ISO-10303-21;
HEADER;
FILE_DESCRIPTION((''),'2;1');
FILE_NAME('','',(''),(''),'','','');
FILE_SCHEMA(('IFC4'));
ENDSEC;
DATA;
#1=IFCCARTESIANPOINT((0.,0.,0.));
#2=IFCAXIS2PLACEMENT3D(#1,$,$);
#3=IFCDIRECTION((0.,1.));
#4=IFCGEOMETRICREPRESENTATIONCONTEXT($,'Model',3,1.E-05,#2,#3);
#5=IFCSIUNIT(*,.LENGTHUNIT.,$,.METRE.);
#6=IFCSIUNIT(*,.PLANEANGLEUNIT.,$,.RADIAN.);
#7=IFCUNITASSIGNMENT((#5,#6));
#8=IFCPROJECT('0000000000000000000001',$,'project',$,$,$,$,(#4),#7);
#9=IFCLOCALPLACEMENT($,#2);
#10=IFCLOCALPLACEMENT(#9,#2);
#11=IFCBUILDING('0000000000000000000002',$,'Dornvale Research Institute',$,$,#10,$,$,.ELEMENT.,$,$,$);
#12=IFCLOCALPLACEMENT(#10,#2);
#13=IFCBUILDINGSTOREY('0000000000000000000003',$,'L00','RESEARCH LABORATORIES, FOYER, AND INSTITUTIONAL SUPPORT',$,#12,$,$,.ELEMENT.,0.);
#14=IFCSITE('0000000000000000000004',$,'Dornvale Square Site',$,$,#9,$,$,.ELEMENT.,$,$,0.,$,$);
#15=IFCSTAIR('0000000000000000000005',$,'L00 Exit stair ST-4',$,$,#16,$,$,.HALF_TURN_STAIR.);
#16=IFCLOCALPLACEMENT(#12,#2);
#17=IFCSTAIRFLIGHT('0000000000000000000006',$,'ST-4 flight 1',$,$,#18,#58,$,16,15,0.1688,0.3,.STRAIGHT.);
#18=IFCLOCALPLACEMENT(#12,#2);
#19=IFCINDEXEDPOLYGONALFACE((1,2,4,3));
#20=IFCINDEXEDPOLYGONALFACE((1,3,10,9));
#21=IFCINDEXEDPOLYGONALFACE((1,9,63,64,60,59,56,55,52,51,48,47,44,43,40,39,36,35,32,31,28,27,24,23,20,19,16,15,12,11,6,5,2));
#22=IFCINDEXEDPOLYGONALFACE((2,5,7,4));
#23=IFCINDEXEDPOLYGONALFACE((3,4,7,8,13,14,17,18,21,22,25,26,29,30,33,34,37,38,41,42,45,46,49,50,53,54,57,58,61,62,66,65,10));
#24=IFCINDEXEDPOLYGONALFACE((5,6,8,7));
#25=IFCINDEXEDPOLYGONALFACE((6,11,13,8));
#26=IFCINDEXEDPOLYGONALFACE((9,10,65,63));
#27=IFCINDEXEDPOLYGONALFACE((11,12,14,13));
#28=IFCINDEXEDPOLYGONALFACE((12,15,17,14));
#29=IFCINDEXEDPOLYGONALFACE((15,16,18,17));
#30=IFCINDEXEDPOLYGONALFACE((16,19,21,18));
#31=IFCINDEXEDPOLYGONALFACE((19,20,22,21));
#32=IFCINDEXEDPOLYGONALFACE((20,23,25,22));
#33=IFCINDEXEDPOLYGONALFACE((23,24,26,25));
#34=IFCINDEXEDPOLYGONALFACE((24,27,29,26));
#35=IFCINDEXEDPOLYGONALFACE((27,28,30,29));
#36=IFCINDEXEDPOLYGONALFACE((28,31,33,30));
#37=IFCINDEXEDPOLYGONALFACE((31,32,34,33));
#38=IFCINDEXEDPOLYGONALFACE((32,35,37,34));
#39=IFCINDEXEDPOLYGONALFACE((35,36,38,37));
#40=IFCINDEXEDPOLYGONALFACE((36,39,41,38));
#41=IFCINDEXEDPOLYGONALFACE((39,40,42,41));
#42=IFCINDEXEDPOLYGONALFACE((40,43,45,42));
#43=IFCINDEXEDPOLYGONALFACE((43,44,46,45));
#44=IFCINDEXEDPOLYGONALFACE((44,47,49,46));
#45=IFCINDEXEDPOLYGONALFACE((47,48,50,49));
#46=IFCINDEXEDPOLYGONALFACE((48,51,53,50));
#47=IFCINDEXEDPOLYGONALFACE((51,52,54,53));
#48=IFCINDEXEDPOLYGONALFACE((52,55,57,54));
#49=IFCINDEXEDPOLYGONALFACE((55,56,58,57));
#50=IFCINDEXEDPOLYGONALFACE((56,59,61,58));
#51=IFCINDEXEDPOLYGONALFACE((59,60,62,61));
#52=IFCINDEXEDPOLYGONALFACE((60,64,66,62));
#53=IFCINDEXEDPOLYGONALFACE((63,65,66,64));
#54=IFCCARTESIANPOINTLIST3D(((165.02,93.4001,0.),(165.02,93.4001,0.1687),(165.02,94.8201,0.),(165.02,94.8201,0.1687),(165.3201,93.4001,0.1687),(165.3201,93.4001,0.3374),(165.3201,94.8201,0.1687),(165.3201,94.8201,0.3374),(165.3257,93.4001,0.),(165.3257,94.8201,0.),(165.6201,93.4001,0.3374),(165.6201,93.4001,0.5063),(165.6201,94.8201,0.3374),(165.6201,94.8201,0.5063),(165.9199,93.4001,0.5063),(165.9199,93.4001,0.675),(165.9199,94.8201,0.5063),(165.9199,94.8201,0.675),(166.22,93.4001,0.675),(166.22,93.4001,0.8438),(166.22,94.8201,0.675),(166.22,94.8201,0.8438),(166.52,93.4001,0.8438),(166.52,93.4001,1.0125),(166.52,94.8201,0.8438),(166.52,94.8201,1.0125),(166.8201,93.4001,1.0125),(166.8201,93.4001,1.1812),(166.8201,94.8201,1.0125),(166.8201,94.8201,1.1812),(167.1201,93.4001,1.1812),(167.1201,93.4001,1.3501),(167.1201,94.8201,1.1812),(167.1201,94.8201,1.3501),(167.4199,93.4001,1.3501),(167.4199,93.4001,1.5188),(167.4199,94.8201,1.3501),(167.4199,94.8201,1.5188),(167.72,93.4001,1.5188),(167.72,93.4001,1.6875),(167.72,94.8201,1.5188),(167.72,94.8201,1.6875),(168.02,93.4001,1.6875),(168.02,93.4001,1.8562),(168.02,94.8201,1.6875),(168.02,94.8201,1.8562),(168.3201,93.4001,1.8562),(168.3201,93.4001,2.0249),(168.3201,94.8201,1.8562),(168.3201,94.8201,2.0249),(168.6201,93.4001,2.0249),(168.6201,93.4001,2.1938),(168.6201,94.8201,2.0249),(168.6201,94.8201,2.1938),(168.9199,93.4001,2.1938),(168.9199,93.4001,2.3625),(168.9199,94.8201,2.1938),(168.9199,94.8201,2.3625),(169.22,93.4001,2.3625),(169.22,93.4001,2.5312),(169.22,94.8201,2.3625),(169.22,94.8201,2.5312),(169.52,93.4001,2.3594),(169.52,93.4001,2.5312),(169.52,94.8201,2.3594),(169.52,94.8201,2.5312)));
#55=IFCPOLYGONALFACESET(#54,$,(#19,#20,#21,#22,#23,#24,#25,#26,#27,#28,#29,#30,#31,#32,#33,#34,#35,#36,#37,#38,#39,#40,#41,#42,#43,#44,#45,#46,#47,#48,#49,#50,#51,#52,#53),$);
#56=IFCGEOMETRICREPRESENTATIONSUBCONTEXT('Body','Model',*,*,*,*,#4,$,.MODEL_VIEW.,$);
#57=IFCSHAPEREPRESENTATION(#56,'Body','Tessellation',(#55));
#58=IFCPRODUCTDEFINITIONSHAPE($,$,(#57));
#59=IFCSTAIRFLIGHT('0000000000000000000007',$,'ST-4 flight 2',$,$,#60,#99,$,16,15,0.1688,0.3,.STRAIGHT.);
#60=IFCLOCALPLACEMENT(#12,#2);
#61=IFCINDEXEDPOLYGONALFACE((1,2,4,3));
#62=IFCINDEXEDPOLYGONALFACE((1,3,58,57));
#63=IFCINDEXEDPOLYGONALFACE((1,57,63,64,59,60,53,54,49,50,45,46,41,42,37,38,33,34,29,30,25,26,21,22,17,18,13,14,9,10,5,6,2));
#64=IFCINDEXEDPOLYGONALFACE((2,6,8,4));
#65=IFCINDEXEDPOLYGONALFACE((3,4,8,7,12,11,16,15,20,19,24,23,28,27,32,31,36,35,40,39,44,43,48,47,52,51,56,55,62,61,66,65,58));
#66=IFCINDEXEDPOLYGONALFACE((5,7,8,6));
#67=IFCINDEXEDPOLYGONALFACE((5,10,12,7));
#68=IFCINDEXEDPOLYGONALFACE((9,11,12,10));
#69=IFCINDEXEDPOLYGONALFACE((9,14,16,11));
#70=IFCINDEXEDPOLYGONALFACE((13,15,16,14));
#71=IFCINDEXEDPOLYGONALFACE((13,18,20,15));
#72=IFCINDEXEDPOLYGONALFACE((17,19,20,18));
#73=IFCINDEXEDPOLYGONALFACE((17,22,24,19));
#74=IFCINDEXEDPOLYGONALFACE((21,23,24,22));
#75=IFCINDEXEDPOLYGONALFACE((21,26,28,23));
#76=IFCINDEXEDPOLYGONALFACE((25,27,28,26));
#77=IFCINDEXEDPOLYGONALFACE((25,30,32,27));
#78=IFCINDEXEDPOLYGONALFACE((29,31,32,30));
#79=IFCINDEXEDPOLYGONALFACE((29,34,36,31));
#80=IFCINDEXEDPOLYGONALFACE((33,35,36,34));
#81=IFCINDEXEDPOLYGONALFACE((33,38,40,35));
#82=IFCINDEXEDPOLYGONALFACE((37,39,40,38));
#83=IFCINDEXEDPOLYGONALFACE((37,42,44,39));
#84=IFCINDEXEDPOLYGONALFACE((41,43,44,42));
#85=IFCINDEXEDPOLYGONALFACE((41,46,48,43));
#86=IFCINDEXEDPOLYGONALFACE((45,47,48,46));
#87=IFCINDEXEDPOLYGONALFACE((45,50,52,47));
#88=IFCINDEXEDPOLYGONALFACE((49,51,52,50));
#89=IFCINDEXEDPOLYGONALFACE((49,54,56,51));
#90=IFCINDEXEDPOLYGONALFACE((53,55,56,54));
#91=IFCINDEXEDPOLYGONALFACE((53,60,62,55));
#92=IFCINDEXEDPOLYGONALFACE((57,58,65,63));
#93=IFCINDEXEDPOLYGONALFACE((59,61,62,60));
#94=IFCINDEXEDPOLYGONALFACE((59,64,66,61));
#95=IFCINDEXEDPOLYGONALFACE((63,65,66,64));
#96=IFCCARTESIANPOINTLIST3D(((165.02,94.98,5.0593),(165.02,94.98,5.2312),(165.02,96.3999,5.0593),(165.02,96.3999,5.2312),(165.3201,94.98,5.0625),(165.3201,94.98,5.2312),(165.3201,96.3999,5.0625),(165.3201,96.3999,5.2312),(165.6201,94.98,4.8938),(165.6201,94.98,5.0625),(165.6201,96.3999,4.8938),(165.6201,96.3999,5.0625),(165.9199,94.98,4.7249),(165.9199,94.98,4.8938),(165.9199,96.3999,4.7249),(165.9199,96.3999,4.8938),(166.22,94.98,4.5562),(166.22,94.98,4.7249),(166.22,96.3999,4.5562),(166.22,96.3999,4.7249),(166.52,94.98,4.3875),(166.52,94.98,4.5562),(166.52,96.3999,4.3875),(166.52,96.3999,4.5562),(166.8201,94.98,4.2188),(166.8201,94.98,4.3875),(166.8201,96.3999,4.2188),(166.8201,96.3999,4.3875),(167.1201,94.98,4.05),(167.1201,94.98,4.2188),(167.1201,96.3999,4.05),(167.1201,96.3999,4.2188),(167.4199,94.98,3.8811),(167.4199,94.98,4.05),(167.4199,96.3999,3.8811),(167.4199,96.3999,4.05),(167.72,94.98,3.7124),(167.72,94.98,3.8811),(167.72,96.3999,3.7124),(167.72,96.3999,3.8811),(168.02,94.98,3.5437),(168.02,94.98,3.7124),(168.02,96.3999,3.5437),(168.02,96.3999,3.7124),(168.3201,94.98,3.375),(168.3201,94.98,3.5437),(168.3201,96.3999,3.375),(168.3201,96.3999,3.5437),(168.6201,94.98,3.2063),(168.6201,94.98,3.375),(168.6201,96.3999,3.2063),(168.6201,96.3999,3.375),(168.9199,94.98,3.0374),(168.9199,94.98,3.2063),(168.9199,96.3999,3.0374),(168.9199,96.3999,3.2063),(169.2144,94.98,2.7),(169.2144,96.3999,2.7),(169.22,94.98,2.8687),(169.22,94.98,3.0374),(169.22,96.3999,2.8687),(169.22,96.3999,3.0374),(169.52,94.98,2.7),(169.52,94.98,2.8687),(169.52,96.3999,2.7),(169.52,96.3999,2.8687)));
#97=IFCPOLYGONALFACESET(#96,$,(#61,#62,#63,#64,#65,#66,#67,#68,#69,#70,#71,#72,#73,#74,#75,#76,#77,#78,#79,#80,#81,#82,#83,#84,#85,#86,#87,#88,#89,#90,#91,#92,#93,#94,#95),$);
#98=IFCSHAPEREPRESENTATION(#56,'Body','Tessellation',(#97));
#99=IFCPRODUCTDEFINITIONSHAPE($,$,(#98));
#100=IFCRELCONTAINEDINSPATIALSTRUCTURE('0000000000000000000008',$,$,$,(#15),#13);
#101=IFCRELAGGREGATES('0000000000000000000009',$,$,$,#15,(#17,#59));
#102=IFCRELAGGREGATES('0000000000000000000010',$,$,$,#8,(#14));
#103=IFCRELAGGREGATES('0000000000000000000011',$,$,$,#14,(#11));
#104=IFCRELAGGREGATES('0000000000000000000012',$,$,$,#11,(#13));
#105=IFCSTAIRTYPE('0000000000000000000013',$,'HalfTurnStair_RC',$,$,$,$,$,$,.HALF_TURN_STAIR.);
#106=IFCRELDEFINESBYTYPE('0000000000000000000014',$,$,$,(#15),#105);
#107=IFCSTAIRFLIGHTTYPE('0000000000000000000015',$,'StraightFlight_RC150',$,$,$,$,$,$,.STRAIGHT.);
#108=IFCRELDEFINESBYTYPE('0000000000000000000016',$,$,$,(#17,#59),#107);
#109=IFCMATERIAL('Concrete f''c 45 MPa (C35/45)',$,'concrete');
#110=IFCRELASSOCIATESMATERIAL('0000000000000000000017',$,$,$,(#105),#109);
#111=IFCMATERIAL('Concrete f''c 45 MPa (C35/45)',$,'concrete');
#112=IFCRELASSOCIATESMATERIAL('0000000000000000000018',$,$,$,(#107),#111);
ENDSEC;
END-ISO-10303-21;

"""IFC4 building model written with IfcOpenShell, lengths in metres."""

from ifc_helpers import new_model, si_unit, direction, frame, origin, place, context, subcontext, project, spatial, polyline, outline, extrude, material, type_object, element, aggregate, save


model = new_model("IFC4")

# Units and contexts
model_context = context("Model", 3, precision=1e-05, world=origin(), true_north=direction((0.0, 1.0)))
body_context = subcontext(model_context, "Body", "Model", "MODEL_VIEW")
ifc_project = project(units=[si_unit("LENGTHUNIT", "METRE"), si_unit("PLANEANGLEUNIT", "RADIAN")], contexts=[model_context])

# Site, building, storey
site_placement = place(None, origin())
site = spatial("IfcSite", under=ifc_project, at=site_placement, Name="Dornvale Square Site", CompositionType="ELEMENT", RefElevation=0.0)
building_placement = place(site_placement, origin())
building = spatial("IfcBuilding", under=site, at=building_placement, Name="Dornvale Research Institute", CompositionType="ELEMENT")
storey_placement = place(building_placement, origin())
storey = spatial("IfcBuildingStorey", under=building, at=storey_placement, Name="L00", Description="RESEARCH LABORATORIES, FOYER, AND INSTITUTIONAL SUPPORT", CompositionType="ELEMENT", Elevation=0.0)

# Stair, stair flights
ifc_material_1 = material(Name="Concrete f'c 45 MPa (C35/45)", Category="concrete")
stair_type = type_object("IfcStairType", Name="HalfTurnStair_RC", PredefinedType="HALF_TURN_STAIR", material=ifc_material_1)
stair_placement = place(storey_placement, origin())
stair = element("IfcStair", 1, at=stair_placement, inside=storey, type_object=stair_type, Name="L00 Exit stair ST-4", PredefinedType="HALF_TURN_STAIR")
ifc_material_2 = material(Name="Concrete f'c 45 MPa (C35/45)", Category="concrete")
stair_flight_type = type_object("IfcStairFlightType", Name="StraightFlight_RC150", PredefinedType="STRAIGHT", material=ifc_material_2)
stair_flight_1_placement = place(storey_placement, frame((165.02, 94.1101, 0.0), z_axis=(0.0, 0.0, 1.0), x_axis=(1.0, 0.0, 0.0)))
stair_flight_1 = element("IfcStairFlight", 2, at=stair_flight_1_placement, type_object=stair_flight_type, Name="ST-4 flight 1", NumberOfRisers=16, NumberOfTreads=15, PredefinedType="STRAIGHT", RiserHeight=0.1688, TreadLength=0.3, context=body_context, shape_type="SweptSolid", body=[
    extrude(outline(polyline([(0.0, 0.0), (0.0, 0.1687), (0.3, 0.1687), (0.3, 0.3374), (0.6001, 0.3374), (0.6001, 0.5063), (0.8999, 0.5063), (0.8999, 0.675), (1.2, 0.675), (1.2, 0.8438), (1.5, 0.8438), (1.5, 1.0125), (1.8, 1.0125), (1.8, 1.1812), (2.1001, 1.1812), (2.1001, 1.3501), (2.3999, 1.3501), (2.3999, 1.5188), (2.7, 1.5188), (2.7, 1.6875), (3.0, 1.6875), (3.0, 1.8562), (3.3, 1.8562), (3.3, 2.0249), (3.6001, 2.0249), (3.6001, 2.1938), (3.8999, 2.1938), (3.8999, 2.3625), (4.2, 2.3625), (4.2, 2.5312), (4.5, 2.5312), (4.5, 2.7), (4.5, 2.3594), (0.3057, 0.0), (0.0, 0.0)])), frame((0.0, 0.71, 0.0), z_axis=(0.0, -1.0, 0.0), x_axis=(1.0, 0.0, 0.0)), (0.0, 0.0, 1.0), 1.4199),
])
stair_flight_2_placement = place(storey_placement, frame((169.52, 95.6899, 2.7), z_axis=(0.0, 0.0, 1.0), x_axis=(-1.0, 0.0, 0.0)))
stair_flight_2 = element("IfcStairFlight", 3, at=stair_flight_2_placement, type_object=stair_flight_type, Name="ST-4 flight 2", NumberOfRisers=16, NumberOfTreads=15, PredefinedType="STRAIGHT", RiserHeight=0.1688, TreadLength=0.3, context=body_context, shape_type="SweptSolid", body=[
    extrude(outline(polyline([(0.0, 0.0), (0.0, 0.1687), (0.3, 0.1687), (0.3, 0.3374), (0.6001, 0.3374), (0.6001, 0.5063), (0.8999, 0.5063), (0.8999, 0.675), (1.2, 0.675), (1.2, 0.8438), (1.5, 0.8438), (1.5, 1.0125), (1.8, 1.0125), (1.8, 1.1812), (2.1001, 1.1812), (2.1001, 1.3501), (2.3999, 1.3501), (2.3999, 1.5188), (2.7, 1.5188), (2.7, 1.6875), (3.0, 1.6875), (3.0, 1.8562), (3.3, 1.8562), (3.3, 2.0249), (3.6001, 2.0249), (3.6001, 2.1938), (3.8999, 2.1938), (3.8999, 2.3625), (4.2, 2.3625), (4.2, 2.5312), (4.5, 2.5312), (4.5, 2.7), (4.5, 2.3594), (0.3057, 0.0), (0.0, 0.0)])), frame((0.0, 0.71, 0.0), z_axis=(0.0, -1.0, 0.0), x_axis=(1.0, 0.0, 0.0)), (0.0, 0.0, 1.0), 1.4199),
])
aggregate(stair, [stair_flight_1, stair_flight_2])

save(model, "model.ifc")
